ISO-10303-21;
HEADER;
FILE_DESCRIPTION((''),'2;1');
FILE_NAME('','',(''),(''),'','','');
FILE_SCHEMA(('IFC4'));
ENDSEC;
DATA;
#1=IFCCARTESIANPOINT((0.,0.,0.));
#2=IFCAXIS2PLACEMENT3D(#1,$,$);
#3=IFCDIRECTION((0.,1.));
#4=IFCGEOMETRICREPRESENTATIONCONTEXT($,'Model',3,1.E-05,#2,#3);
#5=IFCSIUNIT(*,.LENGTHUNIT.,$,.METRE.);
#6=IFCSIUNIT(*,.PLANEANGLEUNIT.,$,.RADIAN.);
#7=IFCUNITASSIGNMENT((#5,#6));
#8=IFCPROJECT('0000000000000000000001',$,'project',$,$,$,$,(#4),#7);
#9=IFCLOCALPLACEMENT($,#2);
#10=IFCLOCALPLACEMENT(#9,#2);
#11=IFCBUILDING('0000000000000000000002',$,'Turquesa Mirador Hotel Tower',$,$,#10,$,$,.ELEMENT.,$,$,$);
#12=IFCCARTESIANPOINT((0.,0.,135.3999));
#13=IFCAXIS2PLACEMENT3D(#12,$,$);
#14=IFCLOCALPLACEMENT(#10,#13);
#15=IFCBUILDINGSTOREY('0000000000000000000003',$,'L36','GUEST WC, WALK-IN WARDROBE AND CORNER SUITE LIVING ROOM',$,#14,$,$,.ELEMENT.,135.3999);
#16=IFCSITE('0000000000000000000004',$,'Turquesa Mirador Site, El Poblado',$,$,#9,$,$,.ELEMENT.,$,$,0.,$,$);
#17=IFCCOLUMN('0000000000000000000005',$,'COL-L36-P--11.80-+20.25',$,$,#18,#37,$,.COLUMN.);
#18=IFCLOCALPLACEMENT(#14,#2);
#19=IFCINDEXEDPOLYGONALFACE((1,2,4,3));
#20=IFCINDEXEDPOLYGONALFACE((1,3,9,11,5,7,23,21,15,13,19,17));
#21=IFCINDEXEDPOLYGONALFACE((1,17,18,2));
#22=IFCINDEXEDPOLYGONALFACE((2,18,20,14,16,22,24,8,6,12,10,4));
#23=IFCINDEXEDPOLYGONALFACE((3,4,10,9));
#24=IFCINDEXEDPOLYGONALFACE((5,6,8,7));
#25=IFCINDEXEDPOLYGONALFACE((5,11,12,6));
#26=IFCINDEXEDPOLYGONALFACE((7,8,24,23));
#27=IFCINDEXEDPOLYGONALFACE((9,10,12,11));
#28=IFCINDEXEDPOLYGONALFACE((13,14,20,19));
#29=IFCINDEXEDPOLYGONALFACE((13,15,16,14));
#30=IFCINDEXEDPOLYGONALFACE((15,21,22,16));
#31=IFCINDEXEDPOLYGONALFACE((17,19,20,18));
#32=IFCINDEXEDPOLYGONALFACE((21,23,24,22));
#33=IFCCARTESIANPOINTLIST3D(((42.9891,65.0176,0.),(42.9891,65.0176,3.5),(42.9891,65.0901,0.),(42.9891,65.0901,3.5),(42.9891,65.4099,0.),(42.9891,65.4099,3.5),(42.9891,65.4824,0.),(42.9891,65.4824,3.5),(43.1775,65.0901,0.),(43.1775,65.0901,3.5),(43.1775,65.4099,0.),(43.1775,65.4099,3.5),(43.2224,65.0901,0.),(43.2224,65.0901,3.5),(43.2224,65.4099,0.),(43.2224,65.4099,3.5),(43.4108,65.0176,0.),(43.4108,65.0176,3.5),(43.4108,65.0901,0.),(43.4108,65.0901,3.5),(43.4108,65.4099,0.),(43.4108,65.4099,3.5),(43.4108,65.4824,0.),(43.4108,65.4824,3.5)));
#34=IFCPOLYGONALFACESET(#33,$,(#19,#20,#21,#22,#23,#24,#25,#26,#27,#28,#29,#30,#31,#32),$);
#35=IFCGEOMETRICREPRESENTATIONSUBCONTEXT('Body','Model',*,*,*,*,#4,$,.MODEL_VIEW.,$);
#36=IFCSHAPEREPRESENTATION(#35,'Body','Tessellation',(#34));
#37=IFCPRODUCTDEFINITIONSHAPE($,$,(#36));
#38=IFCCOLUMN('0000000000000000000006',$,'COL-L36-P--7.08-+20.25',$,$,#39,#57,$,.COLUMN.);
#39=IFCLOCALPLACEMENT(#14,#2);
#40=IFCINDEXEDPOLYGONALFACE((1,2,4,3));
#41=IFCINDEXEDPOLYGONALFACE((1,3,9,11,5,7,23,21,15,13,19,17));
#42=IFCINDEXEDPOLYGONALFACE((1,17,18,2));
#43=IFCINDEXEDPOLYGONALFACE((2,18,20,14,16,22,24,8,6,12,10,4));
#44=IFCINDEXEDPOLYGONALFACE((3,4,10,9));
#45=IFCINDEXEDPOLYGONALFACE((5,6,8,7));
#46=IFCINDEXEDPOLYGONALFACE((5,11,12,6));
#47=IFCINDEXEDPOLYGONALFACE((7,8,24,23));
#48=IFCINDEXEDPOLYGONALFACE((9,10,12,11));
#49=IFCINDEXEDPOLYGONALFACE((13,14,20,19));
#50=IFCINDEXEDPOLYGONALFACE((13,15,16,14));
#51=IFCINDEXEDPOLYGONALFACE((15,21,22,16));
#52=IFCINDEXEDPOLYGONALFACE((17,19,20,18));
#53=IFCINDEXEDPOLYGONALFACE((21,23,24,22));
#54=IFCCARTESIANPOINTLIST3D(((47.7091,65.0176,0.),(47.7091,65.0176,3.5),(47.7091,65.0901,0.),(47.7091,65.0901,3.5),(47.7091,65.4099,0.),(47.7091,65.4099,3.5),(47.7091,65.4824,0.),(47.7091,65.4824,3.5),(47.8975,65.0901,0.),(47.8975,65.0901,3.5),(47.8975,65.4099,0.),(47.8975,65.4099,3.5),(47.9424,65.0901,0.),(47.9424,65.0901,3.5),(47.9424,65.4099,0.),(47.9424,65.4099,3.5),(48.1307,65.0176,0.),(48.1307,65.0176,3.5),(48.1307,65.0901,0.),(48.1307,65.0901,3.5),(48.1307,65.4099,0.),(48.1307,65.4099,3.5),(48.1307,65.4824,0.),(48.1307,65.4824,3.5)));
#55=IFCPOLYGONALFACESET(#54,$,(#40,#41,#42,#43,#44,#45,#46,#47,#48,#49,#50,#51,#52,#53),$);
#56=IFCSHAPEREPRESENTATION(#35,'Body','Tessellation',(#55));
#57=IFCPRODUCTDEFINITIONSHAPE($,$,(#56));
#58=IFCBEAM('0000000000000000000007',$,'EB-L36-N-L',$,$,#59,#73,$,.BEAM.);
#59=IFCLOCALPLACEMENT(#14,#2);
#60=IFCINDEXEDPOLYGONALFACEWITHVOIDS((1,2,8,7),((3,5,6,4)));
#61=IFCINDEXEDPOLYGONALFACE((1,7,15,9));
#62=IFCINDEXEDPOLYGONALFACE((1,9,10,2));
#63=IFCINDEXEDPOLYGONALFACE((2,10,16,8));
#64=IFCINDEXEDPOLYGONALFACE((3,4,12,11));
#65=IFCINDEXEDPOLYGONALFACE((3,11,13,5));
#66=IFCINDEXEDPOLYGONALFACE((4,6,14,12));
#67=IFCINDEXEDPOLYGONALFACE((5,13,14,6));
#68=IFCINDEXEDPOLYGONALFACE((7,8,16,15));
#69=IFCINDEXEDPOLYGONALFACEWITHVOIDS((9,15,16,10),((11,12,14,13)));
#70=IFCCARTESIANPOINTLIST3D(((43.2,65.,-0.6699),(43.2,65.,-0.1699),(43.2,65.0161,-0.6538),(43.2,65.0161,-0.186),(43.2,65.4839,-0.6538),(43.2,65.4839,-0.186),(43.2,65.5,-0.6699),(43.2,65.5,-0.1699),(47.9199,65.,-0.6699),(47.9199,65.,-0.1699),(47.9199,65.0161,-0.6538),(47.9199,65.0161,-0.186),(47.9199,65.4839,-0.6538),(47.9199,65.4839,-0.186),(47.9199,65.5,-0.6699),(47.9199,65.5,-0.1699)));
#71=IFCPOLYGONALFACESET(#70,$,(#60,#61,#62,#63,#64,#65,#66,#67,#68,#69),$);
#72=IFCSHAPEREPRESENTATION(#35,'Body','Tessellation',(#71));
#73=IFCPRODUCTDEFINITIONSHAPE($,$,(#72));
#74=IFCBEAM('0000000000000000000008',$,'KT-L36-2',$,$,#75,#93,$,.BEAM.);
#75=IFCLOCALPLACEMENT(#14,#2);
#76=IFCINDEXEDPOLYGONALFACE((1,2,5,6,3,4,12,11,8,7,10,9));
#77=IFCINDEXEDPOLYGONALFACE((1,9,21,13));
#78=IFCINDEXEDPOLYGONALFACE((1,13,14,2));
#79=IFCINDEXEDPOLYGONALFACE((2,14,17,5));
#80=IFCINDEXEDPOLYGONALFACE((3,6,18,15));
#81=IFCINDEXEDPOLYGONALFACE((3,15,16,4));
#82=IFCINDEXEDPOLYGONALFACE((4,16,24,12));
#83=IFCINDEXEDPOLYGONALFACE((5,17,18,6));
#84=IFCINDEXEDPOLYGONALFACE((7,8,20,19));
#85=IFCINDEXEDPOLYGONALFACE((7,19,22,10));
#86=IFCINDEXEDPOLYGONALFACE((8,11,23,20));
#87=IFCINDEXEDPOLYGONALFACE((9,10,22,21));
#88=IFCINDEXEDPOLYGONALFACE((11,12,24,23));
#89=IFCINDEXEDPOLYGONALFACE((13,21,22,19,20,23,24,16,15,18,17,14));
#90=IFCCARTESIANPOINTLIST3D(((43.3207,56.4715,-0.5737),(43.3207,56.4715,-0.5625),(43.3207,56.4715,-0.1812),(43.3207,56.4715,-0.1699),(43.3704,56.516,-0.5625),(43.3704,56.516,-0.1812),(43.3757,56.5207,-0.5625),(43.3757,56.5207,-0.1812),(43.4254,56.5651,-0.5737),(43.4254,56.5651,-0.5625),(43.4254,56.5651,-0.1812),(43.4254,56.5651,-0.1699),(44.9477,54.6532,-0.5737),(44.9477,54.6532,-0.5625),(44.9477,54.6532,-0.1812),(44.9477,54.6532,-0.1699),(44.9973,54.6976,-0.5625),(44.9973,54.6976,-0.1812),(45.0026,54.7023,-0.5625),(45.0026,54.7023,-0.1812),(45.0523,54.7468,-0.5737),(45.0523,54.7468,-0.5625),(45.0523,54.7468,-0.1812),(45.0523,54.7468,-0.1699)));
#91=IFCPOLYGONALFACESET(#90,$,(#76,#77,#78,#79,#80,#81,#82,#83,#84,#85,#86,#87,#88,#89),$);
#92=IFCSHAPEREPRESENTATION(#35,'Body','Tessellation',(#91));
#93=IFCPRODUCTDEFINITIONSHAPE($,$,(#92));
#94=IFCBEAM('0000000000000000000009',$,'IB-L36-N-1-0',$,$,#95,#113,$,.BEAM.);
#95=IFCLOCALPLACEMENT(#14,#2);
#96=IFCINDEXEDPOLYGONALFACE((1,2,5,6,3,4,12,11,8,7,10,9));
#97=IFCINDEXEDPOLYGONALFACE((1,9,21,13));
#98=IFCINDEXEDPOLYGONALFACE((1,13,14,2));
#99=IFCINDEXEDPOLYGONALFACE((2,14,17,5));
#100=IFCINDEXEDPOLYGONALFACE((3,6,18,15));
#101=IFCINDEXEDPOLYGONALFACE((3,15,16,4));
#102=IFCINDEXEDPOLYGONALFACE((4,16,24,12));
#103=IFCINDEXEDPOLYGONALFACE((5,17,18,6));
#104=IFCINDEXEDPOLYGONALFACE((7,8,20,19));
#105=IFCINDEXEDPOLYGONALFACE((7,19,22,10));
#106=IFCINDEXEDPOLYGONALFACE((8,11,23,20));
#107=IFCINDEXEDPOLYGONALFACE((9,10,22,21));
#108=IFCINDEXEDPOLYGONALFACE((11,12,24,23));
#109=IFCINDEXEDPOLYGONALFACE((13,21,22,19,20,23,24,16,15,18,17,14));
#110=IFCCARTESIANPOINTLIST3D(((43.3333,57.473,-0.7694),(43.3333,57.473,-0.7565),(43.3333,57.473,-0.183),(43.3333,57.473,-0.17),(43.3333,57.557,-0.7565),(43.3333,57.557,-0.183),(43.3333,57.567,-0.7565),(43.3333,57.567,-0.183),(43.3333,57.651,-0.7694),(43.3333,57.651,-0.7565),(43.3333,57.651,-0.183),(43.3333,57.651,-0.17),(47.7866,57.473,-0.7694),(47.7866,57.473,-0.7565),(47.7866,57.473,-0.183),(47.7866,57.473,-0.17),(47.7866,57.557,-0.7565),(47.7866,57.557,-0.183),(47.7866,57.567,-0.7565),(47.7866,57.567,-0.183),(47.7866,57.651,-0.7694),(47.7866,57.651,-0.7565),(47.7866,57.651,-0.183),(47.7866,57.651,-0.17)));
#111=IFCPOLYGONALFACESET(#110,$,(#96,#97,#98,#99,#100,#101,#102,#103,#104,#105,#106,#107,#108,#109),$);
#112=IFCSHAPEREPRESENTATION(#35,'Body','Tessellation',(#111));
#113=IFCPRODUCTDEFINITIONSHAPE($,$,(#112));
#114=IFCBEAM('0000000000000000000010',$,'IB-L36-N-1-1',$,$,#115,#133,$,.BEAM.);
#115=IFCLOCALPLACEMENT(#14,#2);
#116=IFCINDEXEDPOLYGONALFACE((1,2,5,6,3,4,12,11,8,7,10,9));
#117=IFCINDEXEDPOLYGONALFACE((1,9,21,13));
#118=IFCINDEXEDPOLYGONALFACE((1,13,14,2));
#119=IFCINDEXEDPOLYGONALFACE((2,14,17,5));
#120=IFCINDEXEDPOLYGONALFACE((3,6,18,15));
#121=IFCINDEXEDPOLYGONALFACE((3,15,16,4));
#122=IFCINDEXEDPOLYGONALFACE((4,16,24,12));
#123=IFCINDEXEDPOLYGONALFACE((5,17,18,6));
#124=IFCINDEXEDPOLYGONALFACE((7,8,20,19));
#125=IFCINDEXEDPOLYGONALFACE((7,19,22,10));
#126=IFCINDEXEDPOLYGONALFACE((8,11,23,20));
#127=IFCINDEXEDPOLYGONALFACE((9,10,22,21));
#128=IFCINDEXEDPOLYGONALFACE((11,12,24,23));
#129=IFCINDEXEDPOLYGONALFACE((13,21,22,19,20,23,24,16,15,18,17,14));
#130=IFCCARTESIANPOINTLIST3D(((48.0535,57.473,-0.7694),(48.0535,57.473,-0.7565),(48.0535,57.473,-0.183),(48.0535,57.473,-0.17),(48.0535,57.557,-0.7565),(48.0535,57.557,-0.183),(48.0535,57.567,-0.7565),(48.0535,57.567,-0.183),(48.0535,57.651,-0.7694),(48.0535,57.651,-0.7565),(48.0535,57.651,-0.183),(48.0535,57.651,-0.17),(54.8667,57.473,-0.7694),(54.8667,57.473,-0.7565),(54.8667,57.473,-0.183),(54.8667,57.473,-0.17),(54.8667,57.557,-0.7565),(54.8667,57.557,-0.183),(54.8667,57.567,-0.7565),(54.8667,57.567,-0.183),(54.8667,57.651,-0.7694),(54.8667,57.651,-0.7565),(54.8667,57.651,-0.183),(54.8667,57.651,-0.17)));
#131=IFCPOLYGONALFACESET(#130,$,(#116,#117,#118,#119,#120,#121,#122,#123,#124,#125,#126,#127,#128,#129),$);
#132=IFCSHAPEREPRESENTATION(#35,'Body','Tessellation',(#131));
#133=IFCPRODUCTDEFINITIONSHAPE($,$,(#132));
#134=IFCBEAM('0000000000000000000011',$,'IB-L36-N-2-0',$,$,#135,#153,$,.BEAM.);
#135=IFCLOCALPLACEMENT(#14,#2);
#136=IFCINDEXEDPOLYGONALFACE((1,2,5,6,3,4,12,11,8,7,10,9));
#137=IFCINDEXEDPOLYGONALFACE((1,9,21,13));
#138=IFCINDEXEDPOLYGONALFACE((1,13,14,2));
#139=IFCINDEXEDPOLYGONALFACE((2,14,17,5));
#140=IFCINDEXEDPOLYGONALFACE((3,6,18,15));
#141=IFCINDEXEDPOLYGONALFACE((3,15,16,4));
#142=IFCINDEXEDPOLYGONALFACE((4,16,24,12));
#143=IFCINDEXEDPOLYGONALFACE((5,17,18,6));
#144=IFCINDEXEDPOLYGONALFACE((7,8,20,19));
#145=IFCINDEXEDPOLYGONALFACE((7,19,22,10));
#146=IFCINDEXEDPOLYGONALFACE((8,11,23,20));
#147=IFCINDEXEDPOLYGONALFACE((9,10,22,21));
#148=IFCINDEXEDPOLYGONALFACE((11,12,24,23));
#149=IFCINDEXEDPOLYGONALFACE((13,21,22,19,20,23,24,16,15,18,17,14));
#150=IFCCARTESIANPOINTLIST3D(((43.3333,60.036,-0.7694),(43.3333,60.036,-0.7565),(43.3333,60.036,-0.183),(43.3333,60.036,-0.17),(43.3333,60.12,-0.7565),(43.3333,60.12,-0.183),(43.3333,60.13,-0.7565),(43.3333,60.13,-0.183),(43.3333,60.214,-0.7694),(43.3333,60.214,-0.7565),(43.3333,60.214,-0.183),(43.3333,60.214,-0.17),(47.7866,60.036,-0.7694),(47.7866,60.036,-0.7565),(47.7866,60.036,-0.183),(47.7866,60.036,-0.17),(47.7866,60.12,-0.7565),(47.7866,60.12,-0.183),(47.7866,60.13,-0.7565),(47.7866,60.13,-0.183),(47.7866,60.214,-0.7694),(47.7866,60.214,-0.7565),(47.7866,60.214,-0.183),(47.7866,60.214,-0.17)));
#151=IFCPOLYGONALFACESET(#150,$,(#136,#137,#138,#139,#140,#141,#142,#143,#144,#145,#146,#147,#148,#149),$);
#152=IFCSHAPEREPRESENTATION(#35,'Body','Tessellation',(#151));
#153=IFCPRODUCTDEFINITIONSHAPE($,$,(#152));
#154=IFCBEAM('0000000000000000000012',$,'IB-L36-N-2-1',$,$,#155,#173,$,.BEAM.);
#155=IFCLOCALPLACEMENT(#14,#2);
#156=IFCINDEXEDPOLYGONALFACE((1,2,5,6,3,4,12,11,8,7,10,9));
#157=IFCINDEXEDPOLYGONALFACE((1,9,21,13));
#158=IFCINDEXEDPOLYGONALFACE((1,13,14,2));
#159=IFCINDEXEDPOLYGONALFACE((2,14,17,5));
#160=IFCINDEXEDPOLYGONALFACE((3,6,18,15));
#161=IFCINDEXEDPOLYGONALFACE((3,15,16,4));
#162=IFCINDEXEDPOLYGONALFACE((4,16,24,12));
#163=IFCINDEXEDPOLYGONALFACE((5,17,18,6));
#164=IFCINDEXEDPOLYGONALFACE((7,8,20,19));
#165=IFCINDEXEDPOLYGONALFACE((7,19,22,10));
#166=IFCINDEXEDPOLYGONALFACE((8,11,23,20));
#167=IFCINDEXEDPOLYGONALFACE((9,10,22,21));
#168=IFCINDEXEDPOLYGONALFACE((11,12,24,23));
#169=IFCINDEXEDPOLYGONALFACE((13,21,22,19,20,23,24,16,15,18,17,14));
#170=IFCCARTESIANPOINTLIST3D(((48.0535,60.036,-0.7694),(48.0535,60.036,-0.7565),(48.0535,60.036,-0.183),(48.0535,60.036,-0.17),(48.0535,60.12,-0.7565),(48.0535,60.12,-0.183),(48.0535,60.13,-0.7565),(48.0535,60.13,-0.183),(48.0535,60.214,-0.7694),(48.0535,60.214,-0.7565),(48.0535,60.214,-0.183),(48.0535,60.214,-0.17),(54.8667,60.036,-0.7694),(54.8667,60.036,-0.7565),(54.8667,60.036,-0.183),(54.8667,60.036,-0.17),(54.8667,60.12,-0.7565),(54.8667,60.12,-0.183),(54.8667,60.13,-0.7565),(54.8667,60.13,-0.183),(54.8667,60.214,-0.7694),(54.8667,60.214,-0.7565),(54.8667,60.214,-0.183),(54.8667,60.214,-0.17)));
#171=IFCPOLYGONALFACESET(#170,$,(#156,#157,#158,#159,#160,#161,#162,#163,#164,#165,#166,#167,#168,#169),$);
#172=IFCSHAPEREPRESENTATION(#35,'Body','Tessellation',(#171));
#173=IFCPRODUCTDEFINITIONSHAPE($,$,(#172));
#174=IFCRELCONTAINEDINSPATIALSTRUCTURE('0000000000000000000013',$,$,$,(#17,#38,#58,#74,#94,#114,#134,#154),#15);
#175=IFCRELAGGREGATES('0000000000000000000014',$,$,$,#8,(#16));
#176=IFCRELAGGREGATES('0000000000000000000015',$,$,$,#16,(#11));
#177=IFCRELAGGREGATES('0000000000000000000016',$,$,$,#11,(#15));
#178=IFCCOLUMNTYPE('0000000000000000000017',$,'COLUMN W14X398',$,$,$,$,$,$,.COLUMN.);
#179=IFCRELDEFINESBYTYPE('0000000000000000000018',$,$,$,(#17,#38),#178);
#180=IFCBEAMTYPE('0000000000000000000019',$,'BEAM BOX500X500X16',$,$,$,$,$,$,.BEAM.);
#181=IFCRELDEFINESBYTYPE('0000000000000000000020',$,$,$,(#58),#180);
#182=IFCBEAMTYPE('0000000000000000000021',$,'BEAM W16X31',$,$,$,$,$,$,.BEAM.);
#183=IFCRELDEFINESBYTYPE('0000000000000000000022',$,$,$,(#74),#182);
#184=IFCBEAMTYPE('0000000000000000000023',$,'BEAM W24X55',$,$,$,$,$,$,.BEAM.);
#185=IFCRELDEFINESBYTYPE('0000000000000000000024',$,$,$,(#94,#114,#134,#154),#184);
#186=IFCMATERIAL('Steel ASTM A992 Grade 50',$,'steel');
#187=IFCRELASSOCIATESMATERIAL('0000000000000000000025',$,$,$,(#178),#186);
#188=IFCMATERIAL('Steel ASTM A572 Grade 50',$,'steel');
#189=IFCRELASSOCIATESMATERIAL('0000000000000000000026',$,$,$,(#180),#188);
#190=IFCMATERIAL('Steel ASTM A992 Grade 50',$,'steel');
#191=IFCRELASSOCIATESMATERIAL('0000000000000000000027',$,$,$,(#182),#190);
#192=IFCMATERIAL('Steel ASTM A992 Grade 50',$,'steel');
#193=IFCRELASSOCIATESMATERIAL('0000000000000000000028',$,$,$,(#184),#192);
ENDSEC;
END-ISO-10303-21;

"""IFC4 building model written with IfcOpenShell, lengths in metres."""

from ifc_helpers import new_model, si_unit, direction, frame, origin, origin_2d, place, context, subcontext, project, spatial, hollow_rectangle, i_section, extrude, material, material_profile, profile_set, type_object, element, save


model = new_model("IFC4")

# Units and contexts
model_context = context("Model", 3, precision=1e-05, world=origin(), true_north=direction((0.0, 1.0)))
body_context = subcontext(model_context, "Body", "Model", "MODEL_VIEW")
ifc_project = project(units=[si_unit("LENGTHUNIT", "METRE"), si_unit("PLANEANGLEUNIT", "RADIAN")], contexts=[model_context])

# Site, building, storey
site_placement = place(None, origin())
site = spatial("IfcSite", under=ifc_project, at=site_placement, Name="Turquesa Mirador Site, El Poblado", CompositionType="ELEMENT", RefElevation=0.0)
building_placement = place(site_placement, origin())
building = spatial("IfcBuilding", under=site, at=building_placement, Name="Turquesa Mirador Hotel Tower", CompositionType="ELEMENT")
storey_placement = place(building_placement, frame((0.0, 0.0, 135.3999)))
storey = spatial("IfcBuildingStorey", under=building, at=storey_placement, Name="L36", Description="GUEST WC, WALK-IN WARDROBE AND CORNER SUITE LIVING ROOM", CompositionType="ELEMENT", Elevation=135.3999)

# Columns
ifc_material_1 = material(Name="Steel ASTM A992 Grade 50", Category="steel")
ifc_material_profile_1 = material_profile(ifc_material_1, i_section(OverallWidth=0.4216, OverallDepth=0.4648, WebThickness=0.0449, FlangeThickness=0.0725, at=origin_2d()), Name="W14X398")
ifc_profile_set_1 = profile_set([ifc_material_profile_1], Name="Steel ASTM A992 Grade 50")
column_type = type_object("IfcColumnType", Name="COLUMN W14X398", PredefinedType="COLUMN", material=ifc_profile_set_1)
for number, where, z_axis, x_axis, name in (
    (1, (43.2, 65.25, 0.0), (0.0, 0.0, 1.0), (1.0, 0.0, 0.0), "COL-L36-P--11.80-+20.25"),
    (2, (47.9199, 65.25, 0.0), (0.0, 0.0, 1.0), (1.0, 0.0, 0.0), "COL-L36-P--7.08-+20.25"),
):
    element("IfcColumn", number, at=place(storey_placement, frame(where, z_axis=z_axis, x_axis=x_axis)), inside=storey, type_object=column_type, Name=name, PredefinedType="COLUMN", context=body_context, shape_type="SweptSolid", body=[
        extrude(i_section(OverallWidth=0.4216, OverallDepth=0.4648, WebThickness=0.0449, FlangeThickness=0.0725, at=origin_2d()), origin(), (0.0, 0.0, 1.0), 3.5),
    ])

# Beams
ifc_material_2 = material(Name="Steel ASTM A572 Grade 50", Category="steel")
ifc_material_profile_2 = material_profile(ifc_material_2, hollow_rectangle(XDim=0.5, YDim=0.5, WallThickness=0.0161, at=origin_2d()), Name="BOX500X500X16")
ifc_profile_set_2 = profile_set([ifc_material_profile_2], Name="Steel ASTM A572 Grade 50")
beam_type_1 = type_object("IfcBeamType", Name="BEAM BOX500X500X16", PredefinedType="BEAM", material=ifc_profile_set_2)
beam_1_placement = place(storey_placement, frame((43.2, 65.25, -0.4199), z_axis=(1.0, 0.0, 0.0), x_axis=(0.0, 1.0, 0.0)))
element("IfcBeam", 3, at=beam_1_placement, inside=storey, type_object=beam_type_1, Name="EB-L36-N-L", PredefinedType="BEAM", context=body_context, shape_type="SweptSolid", body=[
    extrude(hollow_rectangle(XDim=0.5, YDim=0.5, WallThickness=0.0161, at=origin_2d()), origin(), (0.0, 0.0, 1.0), 4.72),
])
ifc_material_3 = material(Name="Steel ASTM A992 Grade 50", Category="steel")
ifc_material_profile_3 = material_profile(ifc_material_3, i_section(OverallWidth=0.1404, OverallDepth=0.4038, WebThickness=0.0071, FlangeThickness=0.0112, at=origin_2d()), Name="W16X31")
ifc_profile_set_3 = profile_set([ifc_material_profile_3], Name="Steel ASTM A992 Grade 50")
beam_type_2 = type_object("IfcBeamType", Name="BEAM W16X31", PredefinedType="BEAM", material=ifc_profile_set_3)
beam_2_placement = place(storey_placement, frame((43.373, 56.5183, -0.3718), z_axis=(0.666795, -0.745241, 0.0), x_axis=(0.745241, 0.666795, 0.0)))
element("IfcBeam", 4, at=beam_2_placement, inside=storey, type_object=beam_type_2, Name="KT-L36-2", PredefinedType="BEAM", context=body_context, shape_type="SweptSolid", body=[
    extrude(i_section(OverallWidth=0.1404, OverallDepth=0.4038, WebThickness=0.0071, FlangeThickness=0.0112, at=origin_2d()), origin(), (0.0, 0.0, 1.0), 2.4399),
])
ifc_material_4 = material(Name="Steel ASTM A992 Grade 50", Category="steel")
ifc_material_profile_4 = material_profile(ifc_material_4, i_section(OverallWidth=0.178, OverallDepth=0.5994, WebThickness=0.01, FlangeThickness=0.0129, at=origin_2d()), Name="W24X55")
ifc_profile_set_4 = profile_set([ifc_material_profile_4], Name="Steel ASTM A992 Grade 50")
beam_type_3 = type_object("IfcBeamType", Name="BEAM W24X55", PredefinedType="BEAM", material=ifc_profile_set_4)
beam_3_placement = place(storey_placement, frame((43.3333, 57.562, -0.4697), z_axis=(1.0, 0.0, 0.0), x_axis=(0.0, 1.0, 0.0)))
element("IfcBeam", 5, at=beam_3_placement, inside=storey, type_object=beam_type_3, Name="IB-L36-N-1-0", PredefinedType="BEAM", context=body_context, shape_type="SweptSolid", body=[
    extrude(i_section(OverallWidth=0.178, OverallDepth=0.5994, WebThickness=0.01, FlangeThickness=0.0129, at=origin_2d()), origin(), (0.0, 0.0, 1.0), 4.4534),
])
beam_4_placement = place(storey_placement, frame((48.0535, 57.562, -0.4697), z_axis=(1.0, 0.0, 0.0), x_axis=(0.0, 1.0, 0.0)))
element("IfcBeam", 6, at=beam_4_placement, inside=storey, type_object=beam_type_3, Name="IB-L36-N-1-1", PredefinedType="BEAM", context=body_context, shape_type="SweptSolid", body=[
    extrude(i_section(OverallWidth=0.178, OverallDepth=0.5994, WebThickness=0.01, FlangeThickness=0.0129, at=origin_2d()), origin(), (0.0, 0.0, 1.0), 6.8132),
])
beam_5_placement = place(storey_placement, frame((43.3333, 60.125, -0.4697), z_axis=(1.0, 0.0, 0.0), x_axis=(0.0, 1.0, 0.0)))
element("IfcBeam", 7, at=beam_5_placement, inside=storey, type_object=beam_type_3, Name="IB-L36-N-2-0", PredefinedType="BEAM", context=body_context, shape_type="SweptSolid", body=[
    extrude(i_section(OverallWidth=0.178, OverallDepth=0.5994, WebThickness=0.01, FlangeThickness=0.0129, at=origin_2d()), origin(), (0.0, 0.0, 1.0), 4.4534),
])
beam_6_placement = place(storey_placement, frame((48.0535, 60.125, -0.4697), z_axis=(1.0, 0.0, 0.0), x_axis=(0.0, 1.0, 0.0)))
element("IfcBeam", 8, at=beam_6_placement, inside=storey, type_object=beam_type_3, Name="IB-L36-N-2-1", PredefinedType="BEAM", context=body_context, shape_type="SweptSolid", body=[
    extrude(i_section(OverallWidth=0.178, OverallDepth=0.5994, WebThickness=0.01, FlangeThickness=0.0129, at=origin_2d()), origin(), (0.0, 0.0, 1.0), 6.8132),
])

save(model, "model.ifc")
